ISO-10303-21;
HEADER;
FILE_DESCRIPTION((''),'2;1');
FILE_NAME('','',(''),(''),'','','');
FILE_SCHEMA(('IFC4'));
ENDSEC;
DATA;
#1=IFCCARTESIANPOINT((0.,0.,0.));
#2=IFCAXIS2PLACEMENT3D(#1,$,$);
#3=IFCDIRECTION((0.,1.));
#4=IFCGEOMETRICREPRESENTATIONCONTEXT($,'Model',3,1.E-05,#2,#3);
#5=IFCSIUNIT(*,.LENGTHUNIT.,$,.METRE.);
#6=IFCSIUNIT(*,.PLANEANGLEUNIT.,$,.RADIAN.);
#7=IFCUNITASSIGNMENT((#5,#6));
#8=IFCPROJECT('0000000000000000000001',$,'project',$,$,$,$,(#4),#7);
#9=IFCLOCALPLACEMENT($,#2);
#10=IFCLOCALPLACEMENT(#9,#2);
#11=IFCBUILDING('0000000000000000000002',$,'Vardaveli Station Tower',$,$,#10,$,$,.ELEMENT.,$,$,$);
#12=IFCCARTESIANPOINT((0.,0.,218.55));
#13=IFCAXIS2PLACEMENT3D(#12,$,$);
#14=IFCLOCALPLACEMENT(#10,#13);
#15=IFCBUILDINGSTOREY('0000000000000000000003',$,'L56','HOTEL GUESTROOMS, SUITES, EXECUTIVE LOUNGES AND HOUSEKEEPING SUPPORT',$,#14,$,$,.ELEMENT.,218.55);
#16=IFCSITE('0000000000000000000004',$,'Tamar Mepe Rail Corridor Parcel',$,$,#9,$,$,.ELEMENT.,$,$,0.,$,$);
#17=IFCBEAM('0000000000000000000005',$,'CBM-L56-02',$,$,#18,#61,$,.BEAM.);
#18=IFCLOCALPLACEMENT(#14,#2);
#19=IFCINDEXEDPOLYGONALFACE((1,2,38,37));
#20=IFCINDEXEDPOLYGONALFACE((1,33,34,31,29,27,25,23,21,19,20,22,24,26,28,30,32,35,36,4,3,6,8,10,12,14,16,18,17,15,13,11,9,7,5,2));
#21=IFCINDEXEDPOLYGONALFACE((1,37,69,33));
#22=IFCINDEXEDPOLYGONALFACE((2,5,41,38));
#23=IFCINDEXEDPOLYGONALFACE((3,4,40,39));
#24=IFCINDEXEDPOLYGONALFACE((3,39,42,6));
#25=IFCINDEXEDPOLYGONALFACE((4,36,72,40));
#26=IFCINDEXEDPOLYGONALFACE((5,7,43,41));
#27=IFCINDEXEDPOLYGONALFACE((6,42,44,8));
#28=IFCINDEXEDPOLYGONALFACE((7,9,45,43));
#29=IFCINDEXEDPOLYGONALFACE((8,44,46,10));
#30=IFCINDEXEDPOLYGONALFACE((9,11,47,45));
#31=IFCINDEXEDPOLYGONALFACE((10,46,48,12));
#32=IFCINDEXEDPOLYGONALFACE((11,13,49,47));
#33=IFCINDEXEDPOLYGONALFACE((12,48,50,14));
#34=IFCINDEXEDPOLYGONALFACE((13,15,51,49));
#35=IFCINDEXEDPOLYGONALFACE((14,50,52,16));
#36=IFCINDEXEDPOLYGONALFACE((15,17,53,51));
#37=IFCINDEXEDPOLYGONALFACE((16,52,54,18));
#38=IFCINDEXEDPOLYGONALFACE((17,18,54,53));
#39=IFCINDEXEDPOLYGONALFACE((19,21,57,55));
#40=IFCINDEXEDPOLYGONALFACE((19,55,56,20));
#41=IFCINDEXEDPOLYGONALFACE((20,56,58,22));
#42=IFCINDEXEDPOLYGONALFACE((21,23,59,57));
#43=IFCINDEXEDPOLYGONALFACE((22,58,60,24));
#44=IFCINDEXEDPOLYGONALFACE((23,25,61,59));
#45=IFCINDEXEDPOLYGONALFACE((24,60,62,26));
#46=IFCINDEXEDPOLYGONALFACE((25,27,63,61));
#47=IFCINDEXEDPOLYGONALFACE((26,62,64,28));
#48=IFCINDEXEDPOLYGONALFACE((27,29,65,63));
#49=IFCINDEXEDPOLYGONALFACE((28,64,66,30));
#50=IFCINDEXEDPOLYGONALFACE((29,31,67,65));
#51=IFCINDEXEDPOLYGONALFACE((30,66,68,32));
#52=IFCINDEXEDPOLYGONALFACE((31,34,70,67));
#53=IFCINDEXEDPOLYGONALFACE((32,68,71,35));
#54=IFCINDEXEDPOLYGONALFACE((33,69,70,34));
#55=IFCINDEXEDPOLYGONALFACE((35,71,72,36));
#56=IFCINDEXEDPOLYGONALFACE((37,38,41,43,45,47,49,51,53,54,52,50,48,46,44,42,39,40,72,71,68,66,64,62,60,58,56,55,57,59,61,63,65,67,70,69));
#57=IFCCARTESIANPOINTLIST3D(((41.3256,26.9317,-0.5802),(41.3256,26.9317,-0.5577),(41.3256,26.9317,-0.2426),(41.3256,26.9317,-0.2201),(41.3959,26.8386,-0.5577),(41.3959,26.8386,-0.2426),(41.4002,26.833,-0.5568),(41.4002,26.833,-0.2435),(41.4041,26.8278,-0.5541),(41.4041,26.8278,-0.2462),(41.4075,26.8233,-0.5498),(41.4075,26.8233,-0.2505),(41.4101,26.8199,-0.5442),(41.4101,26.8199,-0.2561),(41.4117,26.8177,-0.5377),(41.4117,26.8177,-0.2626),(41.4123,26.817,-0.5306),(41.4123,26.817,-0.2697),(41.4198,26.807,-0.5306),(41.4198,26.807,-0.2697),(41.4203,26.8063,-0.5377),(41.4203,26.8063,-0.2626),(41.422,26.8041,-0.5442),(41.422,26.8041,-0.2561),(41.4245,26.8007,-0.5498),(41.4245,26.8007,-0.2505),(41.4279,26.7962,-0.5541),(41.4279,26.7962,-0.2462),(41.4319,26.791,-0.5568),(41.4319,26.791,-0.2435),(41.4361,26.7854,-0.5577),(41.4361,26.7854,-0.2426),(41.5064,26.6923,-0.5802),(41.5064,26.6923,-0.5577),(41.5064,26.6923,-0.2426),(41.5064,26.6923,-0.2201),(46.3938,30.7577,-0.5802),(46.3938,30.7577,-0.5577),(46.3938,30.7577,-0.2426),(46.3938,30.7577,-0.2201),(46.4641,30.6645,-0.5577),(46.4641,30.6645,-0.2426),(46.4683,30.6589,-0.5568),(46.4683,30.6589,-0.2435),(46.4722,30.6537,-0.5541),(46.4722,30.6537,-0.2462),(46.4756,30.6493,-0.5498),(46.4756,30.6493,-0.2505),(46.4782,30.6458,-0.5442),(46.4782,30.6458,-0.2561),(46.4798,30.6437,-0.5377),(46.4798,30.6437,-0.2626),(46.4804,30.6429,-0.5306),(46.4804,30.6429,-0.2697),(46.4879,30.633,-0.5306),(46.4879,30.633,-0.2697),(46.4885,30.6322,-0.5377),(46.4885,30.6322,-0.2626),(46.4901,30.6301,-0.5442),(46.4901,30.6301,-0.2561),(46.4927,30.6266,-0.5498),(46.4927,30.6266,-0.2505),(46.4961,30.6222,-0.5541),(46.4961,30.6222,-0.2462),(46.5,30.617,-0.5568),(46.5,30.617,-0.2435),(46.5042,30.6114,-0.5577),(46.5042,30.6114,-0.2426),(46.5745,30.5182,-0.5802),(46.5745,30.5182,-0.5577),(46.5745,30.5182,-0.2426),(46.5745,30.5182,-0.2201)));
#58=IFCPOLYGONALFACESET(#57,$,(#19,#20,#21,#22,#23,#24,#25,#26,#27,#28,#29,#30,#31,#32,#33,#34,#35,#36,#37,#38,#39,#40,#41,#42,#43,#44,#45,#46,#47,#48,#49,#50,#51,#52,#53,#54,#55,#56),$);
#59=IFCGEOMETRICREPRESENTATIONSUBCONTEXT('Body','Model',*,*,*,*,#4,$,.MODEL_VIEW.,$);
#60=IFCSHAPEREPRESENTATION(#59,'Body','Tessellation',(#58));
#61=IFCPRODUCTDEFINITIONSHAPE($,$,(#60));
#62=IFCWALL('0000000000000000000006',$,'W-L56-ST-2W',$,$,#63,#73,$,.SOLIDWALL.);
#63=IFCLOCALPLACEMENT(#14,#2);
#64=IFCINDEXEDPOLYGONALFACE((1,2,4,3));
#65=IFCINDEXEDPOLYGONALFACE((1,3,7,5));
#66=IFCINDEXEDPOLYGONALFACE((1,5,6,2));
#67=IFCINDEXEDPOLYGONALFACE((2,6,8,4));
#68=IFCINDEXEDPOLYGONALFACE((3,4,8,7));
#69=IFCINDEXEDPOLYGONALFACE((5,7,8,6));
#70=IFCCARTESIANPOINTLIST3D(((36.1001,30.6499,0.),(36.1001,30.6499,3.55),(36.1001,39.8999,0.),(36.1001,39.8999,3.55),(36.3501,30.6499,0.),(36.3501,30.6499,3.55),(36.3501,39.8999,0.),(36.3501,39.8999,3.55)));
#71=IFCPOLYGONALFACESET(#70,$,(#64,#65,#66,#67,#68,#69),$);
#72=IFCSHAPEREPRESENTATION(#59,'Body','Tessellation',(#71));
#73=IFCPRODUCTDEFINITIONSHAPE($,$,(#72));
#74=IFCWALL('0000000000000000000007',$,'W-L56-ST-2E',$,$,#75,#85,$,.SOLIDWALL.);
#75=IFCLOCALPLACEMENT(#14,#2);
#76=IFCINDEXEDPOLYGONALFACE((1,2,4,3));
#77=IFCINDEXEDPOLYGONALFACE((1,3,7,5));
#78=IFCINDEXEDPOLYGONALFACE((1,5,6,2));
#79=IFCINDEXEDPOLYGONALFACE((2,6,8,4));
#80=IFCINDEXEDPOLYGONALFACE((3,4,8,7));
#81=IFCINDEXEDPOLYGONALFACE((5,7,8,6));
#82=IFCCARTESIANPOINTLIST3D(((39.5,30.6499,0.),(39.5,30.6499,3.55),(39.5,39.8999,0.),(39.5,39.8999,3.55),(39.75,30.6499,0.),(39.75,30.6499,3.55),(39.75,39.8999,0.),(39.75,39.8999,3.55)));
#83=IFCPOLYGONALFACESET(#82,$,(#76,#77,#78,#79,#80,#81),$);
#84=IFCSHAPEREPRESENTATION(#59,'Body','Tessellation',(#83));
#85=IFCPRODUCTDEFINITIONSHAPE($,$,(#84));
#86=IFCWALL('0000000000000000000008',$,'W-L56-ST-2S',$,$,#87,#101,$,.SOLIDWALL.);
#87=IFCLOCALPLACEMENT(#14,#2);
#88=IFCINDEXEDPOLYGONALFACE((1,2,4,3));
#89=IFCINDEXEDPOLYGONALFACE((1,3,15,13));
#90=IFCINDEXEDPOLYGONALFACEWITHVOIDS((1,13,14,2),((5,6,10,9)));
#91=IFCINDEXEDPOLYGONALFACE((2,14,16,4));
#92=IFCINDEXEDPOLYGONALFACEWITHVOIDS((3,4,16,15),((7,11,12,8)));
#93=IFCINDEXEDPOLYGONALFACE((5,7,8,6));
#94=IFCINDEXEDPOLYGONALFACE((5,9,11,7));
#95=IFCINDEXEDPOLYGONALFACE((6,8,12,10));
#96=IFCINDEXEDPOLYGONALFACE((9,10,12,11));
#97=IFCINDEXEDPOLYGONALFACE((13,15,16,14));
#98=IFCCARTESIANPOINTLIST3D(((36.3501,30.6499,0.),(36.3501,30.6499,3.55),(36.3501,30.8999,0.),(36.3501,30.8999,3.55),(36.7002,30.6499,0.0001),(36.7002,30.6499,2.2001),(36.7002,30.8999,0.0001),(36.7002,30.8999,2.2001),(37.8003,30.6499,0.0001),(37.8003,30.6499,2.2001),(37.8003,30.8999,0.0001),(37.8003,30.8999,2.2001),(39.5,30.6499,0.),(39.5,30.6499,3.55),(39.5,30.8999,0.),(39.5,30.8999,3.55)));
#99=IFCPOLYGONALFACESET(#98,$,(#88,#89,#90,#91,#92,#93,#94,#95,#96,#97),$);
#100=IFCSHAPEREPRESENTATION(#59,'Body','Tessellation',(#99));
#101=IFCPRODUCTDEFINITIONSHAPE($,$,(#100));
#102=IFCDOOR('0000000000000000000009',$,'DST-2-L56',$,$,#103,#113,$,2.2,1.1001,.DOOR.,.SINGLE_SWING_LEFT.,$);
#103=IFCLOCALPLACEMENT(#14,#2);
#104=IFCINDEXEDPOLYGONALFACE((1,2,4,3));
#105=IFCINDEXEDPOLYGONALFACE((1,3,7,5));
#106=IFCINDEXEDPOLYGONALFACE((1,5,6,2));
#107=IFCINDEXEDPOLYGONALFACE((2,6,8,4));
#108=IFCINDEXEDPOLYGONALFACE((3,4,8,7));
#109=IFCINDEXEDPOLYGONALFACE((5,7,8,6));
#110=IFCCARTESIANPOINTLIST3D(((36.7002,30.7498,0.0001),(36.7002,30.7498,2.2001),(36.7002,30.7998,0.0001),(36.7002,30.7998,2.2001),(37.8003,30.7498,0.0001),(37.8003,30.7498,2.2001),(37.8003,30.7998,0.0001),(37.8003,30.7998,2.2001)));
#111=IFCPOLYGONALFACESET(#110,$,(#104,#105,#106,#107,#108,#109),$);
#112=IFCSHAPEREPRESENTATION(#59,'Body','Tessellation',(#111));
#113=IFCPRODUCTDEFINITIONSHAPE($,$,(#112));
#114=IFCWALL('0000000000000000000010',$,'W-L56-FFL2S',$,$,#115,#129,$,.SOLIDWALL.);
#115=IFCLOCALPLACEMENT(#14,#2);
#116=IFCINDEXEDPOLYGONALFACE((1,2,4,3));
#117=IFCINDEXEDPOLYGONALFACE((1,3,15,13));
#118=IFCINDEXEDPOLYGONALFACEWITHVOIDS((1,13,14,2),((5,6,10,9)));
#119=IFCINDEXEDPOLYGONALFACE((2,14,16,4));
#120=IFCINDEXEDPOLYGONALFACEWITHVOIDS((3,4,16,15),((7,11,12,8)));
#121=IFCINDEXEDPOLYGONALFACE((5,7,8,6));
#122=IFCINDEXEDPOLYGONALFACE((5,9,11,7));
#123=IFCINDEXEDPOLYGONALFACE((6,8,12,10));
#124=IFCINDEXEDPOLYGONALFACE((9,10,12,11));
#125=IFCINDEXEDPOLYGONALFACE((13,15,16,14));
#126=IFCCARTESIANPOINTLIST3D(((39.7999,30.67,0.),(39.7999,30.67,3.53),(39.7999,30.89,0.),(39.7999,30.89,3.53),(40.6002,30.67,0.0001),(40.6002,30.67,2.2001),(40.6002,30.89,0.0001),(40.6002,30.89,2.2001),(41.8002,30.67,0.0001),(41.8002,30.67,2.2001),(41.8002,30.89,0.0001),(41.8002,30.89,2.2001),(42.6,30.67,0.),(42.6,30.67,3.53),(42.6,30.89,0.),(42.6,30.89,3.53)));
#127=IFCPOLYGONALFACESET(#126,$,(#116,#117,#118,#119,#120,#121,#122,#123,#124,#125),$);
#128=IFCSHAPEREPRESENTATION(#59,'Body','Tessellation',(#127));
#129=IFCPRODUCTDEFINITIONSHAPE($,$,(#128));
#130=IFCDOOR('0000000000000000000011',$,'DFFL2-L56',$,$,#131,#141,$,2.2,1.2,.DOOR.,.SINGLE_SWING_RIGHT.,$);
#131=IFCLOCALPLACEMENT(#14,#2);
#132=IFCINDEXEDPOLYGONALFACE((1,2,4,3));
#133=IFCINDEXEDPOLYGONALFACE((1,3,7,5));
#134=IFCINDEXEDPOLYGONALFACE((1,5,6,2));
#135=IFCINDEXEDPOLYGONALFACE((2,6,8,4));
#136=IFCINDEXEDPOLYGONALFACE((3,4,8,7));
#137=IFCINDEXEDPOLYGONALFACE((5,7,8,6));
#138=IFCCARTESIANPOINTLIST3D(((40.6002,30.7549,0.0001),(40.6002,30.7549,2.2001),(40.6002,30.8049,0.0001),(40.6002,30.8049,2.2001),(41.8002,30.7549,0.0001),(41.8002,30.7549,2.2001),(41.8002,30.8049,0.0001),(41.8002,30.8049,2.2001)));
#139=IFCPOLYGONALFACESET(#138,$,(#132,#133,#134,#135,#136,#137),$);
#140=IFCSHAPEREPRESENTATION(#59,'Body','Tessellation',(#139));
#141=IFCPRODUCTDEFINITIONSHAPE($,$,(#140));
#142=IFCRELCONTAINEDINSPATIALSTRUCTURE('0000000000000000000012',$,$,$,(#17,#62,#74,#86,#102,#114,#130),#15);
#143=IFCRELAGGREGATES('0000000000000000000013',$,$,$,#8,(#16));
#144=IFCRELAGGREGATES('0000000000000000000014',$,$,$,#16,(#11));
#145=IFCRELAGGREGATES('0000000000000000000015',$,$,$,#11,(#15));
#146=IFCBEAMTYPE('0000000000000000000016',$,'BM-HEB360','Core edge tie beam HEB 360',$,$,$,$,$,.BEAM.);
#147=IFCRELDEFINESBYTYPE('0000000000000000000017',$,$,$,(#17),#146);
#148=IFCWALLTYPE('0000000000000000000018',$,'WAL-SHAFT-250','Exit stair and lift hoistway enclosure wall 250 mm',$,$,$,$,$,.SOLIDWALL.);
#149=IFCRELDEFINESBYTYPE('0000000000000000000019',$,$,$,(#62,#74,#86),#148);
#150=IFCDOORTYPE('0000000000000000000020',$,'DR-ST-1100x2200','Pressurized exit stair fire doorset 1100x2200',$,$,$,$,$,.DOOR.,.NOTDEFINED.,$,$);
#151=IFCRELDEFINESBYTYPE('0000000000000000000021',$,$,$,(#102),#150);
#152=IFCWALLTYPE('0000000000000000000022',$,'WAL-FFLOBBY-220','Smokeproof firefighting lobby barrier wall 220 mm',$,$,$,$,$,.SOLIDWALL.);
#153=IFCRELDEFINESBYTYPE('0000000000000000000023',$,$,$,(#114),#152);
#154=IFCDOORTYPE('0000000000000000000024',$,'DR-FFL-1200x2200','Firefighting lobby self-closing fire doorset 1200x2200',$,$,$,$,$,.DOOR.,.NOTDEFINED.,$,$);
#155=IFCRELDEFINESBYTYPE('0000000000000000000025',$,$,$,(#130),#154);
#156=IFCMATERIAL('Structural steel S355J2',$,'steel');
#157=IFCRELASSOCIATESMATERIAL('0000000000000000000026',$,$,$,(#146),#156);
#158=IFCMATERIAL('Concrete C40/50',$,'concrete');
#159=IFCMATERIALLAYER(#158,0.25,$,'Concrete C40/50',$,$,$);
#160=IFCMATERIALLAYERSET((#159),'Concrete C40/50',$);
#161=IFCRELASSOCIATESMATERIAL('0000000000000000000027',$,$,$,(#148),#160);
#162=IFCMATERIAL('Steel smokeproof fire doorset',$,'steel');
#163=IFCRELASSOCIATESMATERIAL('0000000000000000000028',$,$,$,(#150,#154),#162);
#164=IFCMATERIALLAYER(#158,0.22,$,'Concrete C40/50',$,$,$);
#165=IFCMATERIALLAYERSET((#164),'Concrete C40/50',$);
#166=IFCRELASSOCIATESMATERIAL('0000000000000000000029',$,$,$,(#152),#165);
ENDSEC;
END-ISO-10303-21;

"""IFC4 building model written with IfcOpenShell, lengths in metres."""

from ifc_helpers import new_model, si_unit, direction, frame, frame_2d, origin, origin_2d, place, context, subcontext, project, spatial, rectangle, i_section, extrude, source, transform, mapped, material, layer, layer_set, material_profile, profile_set, type_object, element, fill, save


model = new_model("IFC4")

# Units and contexts
model_context = context("Model", 3, precision=1e-05, world=origin(), true_north=direction((0.0, 1.0)))
body_context = subcontext(model_context, "Body", "Model", "MODEL_VIEW")
ifc_project = project(units=[si_unit("LENGTHUNIT", "METRE"), si_unit("PLANEANGLEUNIT", "RADIAN")], contexts=[model_context])

# Site, building, storey
site_placement = place(None, origin())
site = spatial("IfcSite", under=ifc_project, at=site_placement, Name="Tamar Mepe Rail Corridor Parcel", CompositionType="ELEMENT", RefElevation=0.0)
building_placement = place(site_placement, origin())
building = spatial("IfcBuilding", under=site, at=building_placement, Name="Vardaveli Station Tower", CompositionType="ELEMENT")
storey_placement = place(building_placement, frame((0.0, 0.0, 218.55)))
storey = spatial("IfcBuildingStorey", under=building, at=storey_placement, Name="L56", Description="HOTEL GUESTROOMS, SUITES, EXECUTIVE LOUNGES AND HOUSEKEEPING SUPPORT", CompositionType="ELEMENT", Elevation=218.55)

# Beam
ifc_material_1 = material(Name="Structural steel S355J2", Category="steel")
ifc_material_profile = material_profile(ifc_material_1, i_section(OverallWidth=0.3, OverallDepth=0.3601, WebThickness=0.0125, FlangeThickness=0.0225, FilletRadius=0.0271, at=origin_2d()), Name="HEB 360")
ifc_profile_set = profile_set([ifc_material_profile], Name="Structural steel S355J2")
beam_type = type_object("IfcBeamType", Name="BM-HEB360", Description="Core edge tie beam HEB 360", PredefinedType="BEAM", material=ifc_profile_set)
shared_shape_1 = source(origin(), body_context, "Body", "SweptSolid", [
    extrude(i_section(OverallWidth=0.3, OverallDepth=0.3601, WebThickness=0.0125, FlangeThickness=0.0225, FilletRadius=0.0271, at=origin_2d()), origin(), (0.0, 0.0, 1.0), 6.3501),
])
beam_placement = place(storey_placement, frame((41.416, 26.812, -0.4001), z_axis=(0.798118, 0.602501, 0.0), x_axis=(-0.602501, 0.798118, 0.0)))
element("IfcBeam", 1, at=beam_placement, inside=storey, type_object=beam_type, Name="CBM-L56-02", PredefinedType="BEAM", context=body_context, shape_type="MappedRepresentation", body=[
    mapped(shared_shape_1, transform((0.0, 0.0, 0.0), scale=1.0)),
])

# Walls
ifc_material_2 = material(Name="Concrete C40/50", Category="concrete")
ifc_layer_1 = layer(ifc_material_2, 0.25, Name="Concrete C40/50")
ifc_layer_set_1 = layer_set([ifc_layer_1], Name="Concrete C40/50")
wall_type_1 = type_object("IfcWallType", Name="WAL-SHAFT-250", Description="Exit stair and lift hoistway enclosure wall 250 mm", PredefinedType="SOLIDWALL", material=ifc_layer_set_1)
shared_shape_2 = source(origin(), body_context, "Body", "SweptSolid", [
    extrude(rectangle(XDim=9.25, YDim=0.25, at=frame_2d((4.625, 0.0))), origin(), (0.0, 0.0, 1.0), 3.55),
])
for number, where, z_axis, x_axis, name in (
    (2, (36.2251, 30.6499, 0.0), (0.0, 0.0, 1.0), (0.0, 1.0, 0.0), "W-L56-ST-2W"),
    (3, (39.625, 30.6499, 0.0), (0.0, 0.0, 1.0), (0.0, 1.0, 0.0), "W-L56-ST-2E"),
):
    element("IfcWall", number, at=place(storey_placement, frame(where, z_axis=z_axis, x_axis=x_axis)), inside=storey, type_object=wall_type_1, Name=name, PredefinedType="SOLIDWALL", context=body_context, shape_type="MappedRepresentation", body=[
        mapped(shared_shape_2, transform((0.0, 0.0, 0.0), scale=1.0)),
    ])

# Walls, openings, doors
shared_shape_3 = source(origin(), body_context, "Body", "SweptSolid", [
    extrude(rectangle(XDim=3.1499, YDim=0.25, at=frame_2d((1.575, 0.0))), origin(), (0.0, 0.0, 1.0), 3.55),
])
wall_1_placement = place(storey_placement, frame((36.3501, 30.7749, 0.0), z_axis=(0.0, 0.0, 1.0), x_axis=(1.0, 0.0, 0.0)))
wall_1 = element("IfcWall", 4, at=wall_1_placement, inside=storey, type_object=wall_type_1, Name="W-L56-ST-2S", PredefinedType="SOLIDWALL", context=body_context, shape_type="MappedRepresentation", body=[
    mapped(shared_shape_3, transform((0.0, 0.0, 0.0), scale=1.0)),
])
shared_shape_4 = source(origin(), body_context, "Body", "SweptSolid", [
    extrude(rectangle(XDim=1.1001, YDim=2.2, at=frame_2d((0.55, 1.1001))), frame((0.0, 0.135, 0.0), z_axis=(0.0, -1.0, 0.0), x_axis=(1.0, 0.0, 0.0)), (0.0, 0.0, 1.0), 0.27),
])
opening_1_placement = place(wall_1_placement, frame((0.3501, 0.0, 0.0)))
opening_1 = element("IfcOpeningElement", 5, at=opening_1_placement, cuts=wall_1, PredefinedType="OPENING", context=body_context, shape_type="MappedRepresentation", body=[
    mapped(shared_shape_4, transform((0.0, 0.0, 0.0), scale=1.0)),
])
ifc_material_3 = material(Name="Steel smokeproof fire doorset", Category="steel")
door_type_1 = type_object("IfcDoorType", Name="DR-ST-1100x2200", Description="Pressurized exit stair fire doorset 1100x2200", OperationType="NOTDEFINED", PredefinedType="DOOR", material=ifc_material_3)
shared_shape_5 = source(origin(), body_context, "Body", "SweptSolid", [
    extrude(rectangle(XDim=1.1001, YDim=2.2, at=frame_2d((0.55, 1.1001))), frame((0.0, 0.0249, 0.0), z_axis=(0.0, -1.0, 0.0), x_axis=(1.0, 0.0, 0.0)), (0.0, 0.0, 1.0), 0.05),
])
door_1_placement = place(opening_1_placement, origin())
door_1 = element("IfcDoor", 6, at=door_1_placement, inside=storey, type_object=door_type_1, Name="DST-2-L56", OperationType="SINGLE_SWING_LEFT", OverallHeight=2.2, OverallWidth=1.1001, PredefinedType="DOOR", context=body_context, shape_type="MappedRepresentation", body=[
    mapped(shared_shape_5, transform((0.0, 0.0, 0.0), scale=1.0)),
])
fill(opening_1, door_1)
ifc_layer_2 = layer(ifc_material_2, 0.22, Name="Concrete C40/50")
ifc_layer_set_2 = layer_set([ifc_layer_2], Name="Concrete C40/50")
wall_type_2 = type_object("IfcWallType", Name="WAL-FFLOBBY-220", Description="Smokeproof firefighting lobby barrier wall 220 mm", PredefinedType="SOLIDWALL", material=ifc_layer_set_2)
shared_shape_6 = source(origin(), body_context, "Body", "SweptSolid", [
    extrude(rectangle(XDim=2.8, YDim=0.22, at=frame_2d((1.3999, 0.0))), origin(), (0.0, 0.0, 1.0), 3.53),
])
wall_2_placement = place(storey_placement, frame((39.8, 30.78, 0.0), z_axis=(0.0, 0.0, 1.0), x_axis=(1.0, 0.0, 0.0)))
wall_2 = element("IfcWall", 7, at=wall_2_placement, inside=storey, type_object=wall_type_2, Name="W-L56-FFL2S", PredefinedType="SOLIDWALL", context=body_context, shape_type="MappedRepresentation", body=[
    mapped(shared_shape_6, transform((0.0, 0.0, 0.0), scale=1.0)),
])
shared_shape_7 = source(origin(), body_context, "Body", "SweptSolid", [
    extrude(rectangle(XDim=1.2, YDim=2.2, at=frame_2d((0.6001, 1.1001))), frame((0.0, 0.1201, 0.0), z_axis=(0.0, -1.0, 0.0), x_axis=(1.0, 0.0, 0.0)), (0.0, 0.0, 1.0), 0.24),
])
opening_2_placement = place(wall_2_placement, frame((0.8, 0.0, 0.0)))
opening_2 = element("IfcOpeningElement", 8, at=opening_2_placement, cuts=wall_2, PredefinedType="OPENING", context=body_context, shape_type="MappedRepresentation", body=[
    mapped(shared_shape_7, transform((0.0, 0.0, 0.0), scale=1.0)),
])
door_type_2 = type_object("IfcDoorType", Name="DR-FFL-1200x2200", Description="Firefighting lobby self-closing fire doorset 1200x2200", OperationType="NOTDEFINED", PredefinedType="DOOR", material=ifc_material_3)
shared_shape_8 = source(origin(), body_context, "Body", "SweptSolid", [
    extrude(rectangle(XDim=1.2, YDim=2.2, at=frame_2d((0.6001, 1.1001))), frame((0.0, 0.0249, 0.0), z_axis=(0.0, -1.0, 0.0), x_axis=(1.0, 0.0, 0.0)), (0.0, 0.0, 1.0), 0.05),
])
door_2_placement = place(opening_2_placement, origin())
door_2 = element("IfcDoor", 9, at=door_2_placement, inside=storey, type_object=door_type_2, Name="DFFL2-L56", OperationType="SINGLE_SWING_RIGHT", OverallHeight=2.2, OverallWidth=1.2, PredefinedType="DOOR", context=body_context, shape_type="MappedRepresentation", body=[
    mapped(shared_shape_8, transform((0.0, 0.0, 0.0), scale=1.0)),
])
fill(opening_2, door_2)

save(model, "model.ifc")
